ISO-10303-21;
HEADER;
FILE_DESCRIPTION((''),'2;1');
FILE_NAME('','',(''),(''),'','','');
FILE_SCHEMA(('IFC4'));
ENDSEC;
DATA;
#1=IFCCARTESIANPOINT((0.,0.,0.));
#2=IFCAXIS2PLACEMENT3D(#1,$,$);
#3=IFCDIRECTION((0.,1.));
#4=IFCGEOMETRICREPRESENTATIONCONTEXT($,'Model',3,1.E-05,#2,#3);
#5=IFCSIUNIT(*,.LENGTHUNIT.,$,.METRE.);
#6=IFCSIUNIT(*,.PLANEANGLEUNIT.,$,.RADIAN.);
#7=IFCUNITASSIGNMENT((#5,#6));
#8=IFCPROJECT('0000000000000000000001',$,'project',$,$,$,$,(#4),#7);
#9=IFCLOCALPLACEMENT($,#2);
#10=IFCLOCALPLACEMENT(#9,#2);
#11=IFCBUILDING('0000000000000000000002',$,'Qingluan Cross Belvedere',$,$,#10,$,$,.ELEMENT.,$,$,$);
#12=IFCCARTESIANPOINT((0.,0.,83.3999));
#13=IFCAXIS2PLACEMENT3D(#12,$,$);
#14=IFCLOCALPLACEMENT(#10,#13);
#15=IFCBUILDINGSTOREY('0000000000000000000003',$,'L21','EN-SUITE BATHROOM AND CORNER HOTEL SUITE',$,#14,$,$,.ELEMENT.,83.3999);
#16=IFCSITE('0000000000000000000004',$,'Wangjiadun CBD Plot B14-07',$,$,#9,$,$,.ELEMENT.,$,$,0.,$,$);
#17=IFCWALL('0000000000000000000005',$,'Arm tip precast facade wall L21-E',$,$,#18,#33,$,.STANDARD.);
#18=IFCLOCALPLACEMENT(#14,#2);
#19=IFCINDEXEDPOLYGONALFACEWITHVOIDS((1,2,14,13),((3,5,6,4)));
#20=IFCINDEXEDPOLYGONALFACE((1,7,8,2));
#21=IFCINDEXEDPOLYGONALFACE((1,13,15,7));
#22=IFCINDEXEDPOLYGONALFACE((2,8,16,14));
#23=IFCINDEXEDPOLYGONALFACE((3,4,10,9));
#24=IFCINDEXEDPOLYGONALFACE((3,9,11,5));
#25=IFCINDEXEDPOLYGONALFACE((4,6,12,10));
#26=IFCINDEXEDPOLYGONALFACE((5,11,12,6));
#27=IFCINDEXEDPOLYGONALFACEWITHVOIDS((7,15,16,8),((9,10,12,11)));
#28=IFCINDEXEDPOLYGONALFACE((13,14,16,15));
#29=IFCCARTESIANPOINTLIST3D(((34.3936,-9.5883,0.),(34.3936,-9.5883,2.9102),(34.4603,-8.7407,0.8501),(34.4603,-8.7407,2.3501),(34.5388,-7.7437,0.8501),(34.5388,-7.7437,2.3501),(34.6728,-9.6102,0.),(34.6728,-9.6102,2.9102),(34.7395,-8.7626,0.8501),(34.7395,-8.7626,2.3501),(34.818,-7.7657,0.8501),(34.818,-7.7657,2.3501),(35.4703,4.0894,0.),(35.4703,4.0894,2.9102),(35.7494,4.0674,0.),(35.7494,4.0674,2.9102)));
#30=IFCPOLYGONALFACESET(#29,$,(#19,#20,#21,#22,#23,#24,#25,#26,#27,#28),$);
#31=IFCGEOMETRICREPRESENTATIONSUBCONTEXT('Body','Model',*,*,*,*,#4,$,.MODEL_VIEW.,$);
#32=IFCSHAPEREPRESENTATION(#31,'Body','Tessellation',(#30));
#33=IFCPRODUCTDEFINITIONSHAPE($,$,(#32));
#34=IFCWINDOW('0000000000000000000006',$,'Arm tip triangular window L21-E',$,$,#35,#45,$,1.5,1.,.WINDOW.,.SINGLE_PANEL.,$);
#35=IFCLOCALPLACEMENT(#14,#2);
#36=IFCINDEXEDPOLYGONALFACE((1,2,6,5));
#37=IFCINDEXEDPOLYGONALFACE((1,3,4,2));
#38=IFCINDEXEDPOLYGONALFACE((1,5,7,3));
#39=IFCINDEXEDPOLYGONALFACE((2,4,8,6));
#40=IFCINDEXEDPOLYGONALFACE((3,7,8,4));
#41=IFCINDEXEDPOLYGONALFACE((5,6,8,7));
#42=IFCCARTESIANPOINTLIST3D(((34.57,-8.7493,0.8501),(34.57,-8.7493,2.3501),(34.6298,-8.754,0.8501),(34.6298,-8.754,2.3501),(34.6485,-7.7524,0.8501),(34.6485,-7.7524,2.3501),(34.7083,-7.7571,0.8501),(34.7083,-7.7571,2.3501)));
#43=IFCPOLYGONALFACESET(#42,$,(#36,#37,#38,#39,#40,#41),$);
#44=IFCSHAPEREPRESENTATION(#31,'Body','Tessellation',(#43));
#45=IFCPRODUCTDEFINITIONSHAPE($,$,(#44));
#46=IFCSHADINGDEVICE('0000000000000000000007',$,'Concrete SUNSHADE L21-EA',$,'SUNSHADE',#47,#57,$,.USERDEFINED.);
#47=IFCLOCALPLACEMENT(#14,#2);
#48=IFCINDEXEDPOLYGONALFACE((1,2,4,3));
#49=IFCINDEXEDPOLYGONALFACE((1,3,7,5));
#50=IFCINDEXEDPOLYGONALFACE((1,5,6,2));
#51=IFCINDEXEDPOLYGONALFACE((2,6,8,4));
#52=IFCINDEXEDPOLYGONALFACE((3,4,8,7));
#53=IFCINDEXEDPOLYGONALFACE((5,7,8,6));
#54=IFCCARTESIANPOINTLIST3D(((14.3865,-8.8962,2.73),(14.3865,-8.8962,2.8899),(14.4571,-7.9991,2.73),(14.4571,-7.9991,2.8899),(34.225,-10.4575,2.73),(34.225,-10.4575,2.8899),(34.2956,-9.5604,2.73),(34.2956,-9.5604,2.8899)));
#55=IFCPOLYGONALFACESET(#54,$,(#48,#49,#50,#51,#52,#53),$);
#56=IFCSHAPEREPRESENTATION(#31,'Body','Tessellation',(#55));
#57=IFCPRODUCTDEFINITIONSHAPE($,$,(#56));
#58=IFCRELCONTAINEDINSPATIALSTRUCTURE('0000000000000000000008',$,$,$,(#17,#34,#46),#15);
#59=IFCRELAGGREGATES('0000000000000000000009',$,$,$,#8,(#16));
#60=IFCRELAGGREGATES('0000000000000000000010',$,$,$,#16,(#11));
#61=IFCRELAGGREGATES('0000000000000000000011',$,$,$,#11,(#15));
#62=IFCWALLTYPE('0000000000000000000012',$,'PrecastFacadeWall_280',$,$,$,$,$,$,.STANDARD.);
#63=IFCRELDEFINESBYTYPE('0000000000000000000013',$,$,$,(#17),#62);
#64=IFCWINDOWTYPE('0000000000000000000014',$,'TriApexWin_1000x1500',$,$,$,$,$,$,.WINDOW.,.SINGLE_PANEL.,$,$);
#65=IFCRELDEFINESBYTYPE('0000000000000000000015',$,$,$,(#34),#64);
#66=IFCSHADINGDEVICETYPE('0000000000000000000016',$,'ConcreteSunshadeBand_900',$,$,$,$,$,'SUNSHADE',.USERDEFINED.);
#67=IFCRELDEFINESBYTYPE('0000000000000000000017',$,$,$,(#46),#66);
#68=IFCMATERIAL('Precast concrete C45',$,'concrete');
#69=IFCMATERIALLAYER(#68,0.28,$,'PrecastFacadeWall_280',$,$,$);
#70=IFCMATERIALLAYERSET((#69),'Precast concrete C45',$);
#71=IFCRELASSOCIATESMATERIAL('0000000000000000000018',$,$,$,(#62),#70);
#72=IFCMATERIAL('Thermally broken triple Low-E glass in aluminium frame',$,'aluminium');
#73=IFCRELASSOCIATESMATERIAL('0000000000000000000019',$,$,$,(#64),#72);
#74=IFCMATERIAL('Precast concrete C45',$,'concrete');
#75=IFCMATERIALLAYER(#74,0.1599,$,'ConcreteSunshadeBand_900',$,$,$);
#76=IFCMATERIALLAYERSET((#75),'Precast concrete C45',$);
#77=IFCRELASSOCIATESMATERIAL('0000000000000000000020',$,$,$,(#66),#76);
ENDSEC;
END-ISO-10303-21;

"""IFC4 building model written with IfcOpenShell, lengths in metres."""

from ifc_helpers import new_model, si_unit, direction, frame, frame_2d, origin, origin_2d, place, context, subcontext, project, spatial, rectangle, extrude, material, layer, layer_set, type_object, element, fill, save


model = new_model("IFC4")

# Units and contexts
model_context = context("Model", 3, precision=1e-05, world=origin(), true_north=direction((0.0, 1.0)))
body_context = subcontext(model_context, "Body", "Model", "MODEL_VIEW")
ifc_project = project(units=[si_unit("LENGTHUNIT", "METRE"), si_unit("PLANEANGLEUNIT", "RADIAN")], contexts=[model_context])

# Site, building, storey
site_placement = place(None, origin())
site = spatial("IfcSite", under=ifc_project, at=site_placement, Name="Wangjiadun CBD Plot B14-07", CompositionType="ELEMENT", RefElevation=0.0)
building_placement = place(site_placement, origin())
building = spatial("IfcBuilding", under=site, at=building_placement, Name="Qingluan Cross Belvedere", CompositionType="ELEMENT")
storey_placement = place(building_placement, frame((0.0, 0.0, 83.3999)))
storey = spatial("IfcBuildingStorey", under=building, at=storey_placement, Name="L21", Description="EN-SUITE BATHROOM AND CORNER HOTEL SUITE", CompositionType="ELEMENT", Elevation=83.3999)

# Wall, opening, window
ifc_material_1 = material(Name="Precast concrete C45", Category="concrete")
ifc_layer_1 = layer(ifc_material_1, 0.28, Name="PrecastFacadeWall_280")
ifc_layer_set_1 = layer_set([ifc_layer_1], Name="Precast concrete C45")
wall_type_1 = type_object("IfcWallType", Name="PrecastFacadeWall_280", PredefinedType="STANDARD", material=ifc_layer_set_1)
wall_1_placement = place(storey_placement, frame((34.5332, -9.5991, 0.0), z_axis=(0.0, 0.0, 1.0), x_axis=(0.078474, 0.996916, 0.0)))
wall_1 = element("IfcWall", 1, at=wall_1_placement, inside=storey, type_object=wall_type_1, Name="Arm tip precast facade wall L21-E", PredefinedType="STANDARD", context=body_context, shape_type="SweptSolid", body=[
    extrude(rectangle(XDim=13.72, YDim=0.28, at=frame_2d((6.8599, 0.0))), origin(), (0.0, 0.0, 1.0), 2.9102),
])
opening_1_placement = place(wall_1_placement, frame((0.8501, 0.0, 0.8501)))
opening_1 = element("IfcOpeningElement", 2, at=opening_1_placement, cuts=wall_1, PredefinedType="OPENING", context=body_context, shape_type="SweptSolid", body=[
    extrude(rectangle(XDim=1.0, YDim=1.5, at=frame_2d((0.5, 0.75))), frame((0.0, 0.1499, 0.0), z_axis=(0.0, -1.0, 0.0), x_axis=(1.0, 0.0, 0.0)), (0.0, 0.0, 1.0), 0.3),
])
ifc_material_2 = material(Name="Thermally broken triple Low-E glass in aluminium frame", Category="aluminium")
window_type = type_object("IfcWindowType", Name="TriApexWin_1000x1500", PartitioningType="SINGLE_PANEL", PredefinedType="WINDOW", material=ifc_material_2)
window_placement = place(opening_1_placement, origin())
window = element("IfcWindow", 3, at=window_placement, inside=storey, type_object=window_type, Name="Arm tip triangular window L21-E", OverallHeight=1.5, OverallWidth=1.0, PartitioningType="SINGLE_PANEL", PredefinedType="WINDOW", context=body_context, shape_type="SweptSolid", body=[
    extrude(rectangle(XDim=1.0, YDim=1.5, at=frame_2d((0.5, 0.75))), frame((0.0, 0.03, 0.0), z_axis=(0.0, -1.0, 0.0), x_axis=(1.0, 0.0, 0.0)), (0.0, 0.0, 1.0), 0.0601),
])
fill(opening_1, window)

# Shading device
ifc_material_3 = material(Name="Precast concrete C45", Category="concrete")
ifc_layer_2 = layer(ifc_material_3, 0.1599, Name="ConcreteSunshadeBand_900")
ifc_layer_set_2 = layer_set([ifc_layer_2], Name="Precast concrete C45")
shading_device_type = type_object("IfcShadingDeviceType", Name="ConcreteSunshadeBand_900", ElementType="SUNSHADE", PredefinedType="USERDEFINED", material=ifc_layer_set_2)
shading_device_placement = place(storey_placement, frame((24.3411, -9.2283, 2.73), z_axis=(0.0, 0.0, 1.0), x_axis=(0.996917, -0.078458, 0.0)))
element("IfcShadingDevice", 4, at=shading_device_placement, inside=storey, type_object=shading_device_type, Name="Concrete SUNSHADE L21-EA", ObjectType="SUNSHADE", PredefinedType="USERDEFINED", context=body_context, shape_type="SweptSolid", body=[
    extrude(rectangle(XDim=19.8999, YDim=0.8999, at=origin_2d()), origin(), (0.0, 0.0, 1.0), 0.1599),
])

save(model, "model.ifc")
